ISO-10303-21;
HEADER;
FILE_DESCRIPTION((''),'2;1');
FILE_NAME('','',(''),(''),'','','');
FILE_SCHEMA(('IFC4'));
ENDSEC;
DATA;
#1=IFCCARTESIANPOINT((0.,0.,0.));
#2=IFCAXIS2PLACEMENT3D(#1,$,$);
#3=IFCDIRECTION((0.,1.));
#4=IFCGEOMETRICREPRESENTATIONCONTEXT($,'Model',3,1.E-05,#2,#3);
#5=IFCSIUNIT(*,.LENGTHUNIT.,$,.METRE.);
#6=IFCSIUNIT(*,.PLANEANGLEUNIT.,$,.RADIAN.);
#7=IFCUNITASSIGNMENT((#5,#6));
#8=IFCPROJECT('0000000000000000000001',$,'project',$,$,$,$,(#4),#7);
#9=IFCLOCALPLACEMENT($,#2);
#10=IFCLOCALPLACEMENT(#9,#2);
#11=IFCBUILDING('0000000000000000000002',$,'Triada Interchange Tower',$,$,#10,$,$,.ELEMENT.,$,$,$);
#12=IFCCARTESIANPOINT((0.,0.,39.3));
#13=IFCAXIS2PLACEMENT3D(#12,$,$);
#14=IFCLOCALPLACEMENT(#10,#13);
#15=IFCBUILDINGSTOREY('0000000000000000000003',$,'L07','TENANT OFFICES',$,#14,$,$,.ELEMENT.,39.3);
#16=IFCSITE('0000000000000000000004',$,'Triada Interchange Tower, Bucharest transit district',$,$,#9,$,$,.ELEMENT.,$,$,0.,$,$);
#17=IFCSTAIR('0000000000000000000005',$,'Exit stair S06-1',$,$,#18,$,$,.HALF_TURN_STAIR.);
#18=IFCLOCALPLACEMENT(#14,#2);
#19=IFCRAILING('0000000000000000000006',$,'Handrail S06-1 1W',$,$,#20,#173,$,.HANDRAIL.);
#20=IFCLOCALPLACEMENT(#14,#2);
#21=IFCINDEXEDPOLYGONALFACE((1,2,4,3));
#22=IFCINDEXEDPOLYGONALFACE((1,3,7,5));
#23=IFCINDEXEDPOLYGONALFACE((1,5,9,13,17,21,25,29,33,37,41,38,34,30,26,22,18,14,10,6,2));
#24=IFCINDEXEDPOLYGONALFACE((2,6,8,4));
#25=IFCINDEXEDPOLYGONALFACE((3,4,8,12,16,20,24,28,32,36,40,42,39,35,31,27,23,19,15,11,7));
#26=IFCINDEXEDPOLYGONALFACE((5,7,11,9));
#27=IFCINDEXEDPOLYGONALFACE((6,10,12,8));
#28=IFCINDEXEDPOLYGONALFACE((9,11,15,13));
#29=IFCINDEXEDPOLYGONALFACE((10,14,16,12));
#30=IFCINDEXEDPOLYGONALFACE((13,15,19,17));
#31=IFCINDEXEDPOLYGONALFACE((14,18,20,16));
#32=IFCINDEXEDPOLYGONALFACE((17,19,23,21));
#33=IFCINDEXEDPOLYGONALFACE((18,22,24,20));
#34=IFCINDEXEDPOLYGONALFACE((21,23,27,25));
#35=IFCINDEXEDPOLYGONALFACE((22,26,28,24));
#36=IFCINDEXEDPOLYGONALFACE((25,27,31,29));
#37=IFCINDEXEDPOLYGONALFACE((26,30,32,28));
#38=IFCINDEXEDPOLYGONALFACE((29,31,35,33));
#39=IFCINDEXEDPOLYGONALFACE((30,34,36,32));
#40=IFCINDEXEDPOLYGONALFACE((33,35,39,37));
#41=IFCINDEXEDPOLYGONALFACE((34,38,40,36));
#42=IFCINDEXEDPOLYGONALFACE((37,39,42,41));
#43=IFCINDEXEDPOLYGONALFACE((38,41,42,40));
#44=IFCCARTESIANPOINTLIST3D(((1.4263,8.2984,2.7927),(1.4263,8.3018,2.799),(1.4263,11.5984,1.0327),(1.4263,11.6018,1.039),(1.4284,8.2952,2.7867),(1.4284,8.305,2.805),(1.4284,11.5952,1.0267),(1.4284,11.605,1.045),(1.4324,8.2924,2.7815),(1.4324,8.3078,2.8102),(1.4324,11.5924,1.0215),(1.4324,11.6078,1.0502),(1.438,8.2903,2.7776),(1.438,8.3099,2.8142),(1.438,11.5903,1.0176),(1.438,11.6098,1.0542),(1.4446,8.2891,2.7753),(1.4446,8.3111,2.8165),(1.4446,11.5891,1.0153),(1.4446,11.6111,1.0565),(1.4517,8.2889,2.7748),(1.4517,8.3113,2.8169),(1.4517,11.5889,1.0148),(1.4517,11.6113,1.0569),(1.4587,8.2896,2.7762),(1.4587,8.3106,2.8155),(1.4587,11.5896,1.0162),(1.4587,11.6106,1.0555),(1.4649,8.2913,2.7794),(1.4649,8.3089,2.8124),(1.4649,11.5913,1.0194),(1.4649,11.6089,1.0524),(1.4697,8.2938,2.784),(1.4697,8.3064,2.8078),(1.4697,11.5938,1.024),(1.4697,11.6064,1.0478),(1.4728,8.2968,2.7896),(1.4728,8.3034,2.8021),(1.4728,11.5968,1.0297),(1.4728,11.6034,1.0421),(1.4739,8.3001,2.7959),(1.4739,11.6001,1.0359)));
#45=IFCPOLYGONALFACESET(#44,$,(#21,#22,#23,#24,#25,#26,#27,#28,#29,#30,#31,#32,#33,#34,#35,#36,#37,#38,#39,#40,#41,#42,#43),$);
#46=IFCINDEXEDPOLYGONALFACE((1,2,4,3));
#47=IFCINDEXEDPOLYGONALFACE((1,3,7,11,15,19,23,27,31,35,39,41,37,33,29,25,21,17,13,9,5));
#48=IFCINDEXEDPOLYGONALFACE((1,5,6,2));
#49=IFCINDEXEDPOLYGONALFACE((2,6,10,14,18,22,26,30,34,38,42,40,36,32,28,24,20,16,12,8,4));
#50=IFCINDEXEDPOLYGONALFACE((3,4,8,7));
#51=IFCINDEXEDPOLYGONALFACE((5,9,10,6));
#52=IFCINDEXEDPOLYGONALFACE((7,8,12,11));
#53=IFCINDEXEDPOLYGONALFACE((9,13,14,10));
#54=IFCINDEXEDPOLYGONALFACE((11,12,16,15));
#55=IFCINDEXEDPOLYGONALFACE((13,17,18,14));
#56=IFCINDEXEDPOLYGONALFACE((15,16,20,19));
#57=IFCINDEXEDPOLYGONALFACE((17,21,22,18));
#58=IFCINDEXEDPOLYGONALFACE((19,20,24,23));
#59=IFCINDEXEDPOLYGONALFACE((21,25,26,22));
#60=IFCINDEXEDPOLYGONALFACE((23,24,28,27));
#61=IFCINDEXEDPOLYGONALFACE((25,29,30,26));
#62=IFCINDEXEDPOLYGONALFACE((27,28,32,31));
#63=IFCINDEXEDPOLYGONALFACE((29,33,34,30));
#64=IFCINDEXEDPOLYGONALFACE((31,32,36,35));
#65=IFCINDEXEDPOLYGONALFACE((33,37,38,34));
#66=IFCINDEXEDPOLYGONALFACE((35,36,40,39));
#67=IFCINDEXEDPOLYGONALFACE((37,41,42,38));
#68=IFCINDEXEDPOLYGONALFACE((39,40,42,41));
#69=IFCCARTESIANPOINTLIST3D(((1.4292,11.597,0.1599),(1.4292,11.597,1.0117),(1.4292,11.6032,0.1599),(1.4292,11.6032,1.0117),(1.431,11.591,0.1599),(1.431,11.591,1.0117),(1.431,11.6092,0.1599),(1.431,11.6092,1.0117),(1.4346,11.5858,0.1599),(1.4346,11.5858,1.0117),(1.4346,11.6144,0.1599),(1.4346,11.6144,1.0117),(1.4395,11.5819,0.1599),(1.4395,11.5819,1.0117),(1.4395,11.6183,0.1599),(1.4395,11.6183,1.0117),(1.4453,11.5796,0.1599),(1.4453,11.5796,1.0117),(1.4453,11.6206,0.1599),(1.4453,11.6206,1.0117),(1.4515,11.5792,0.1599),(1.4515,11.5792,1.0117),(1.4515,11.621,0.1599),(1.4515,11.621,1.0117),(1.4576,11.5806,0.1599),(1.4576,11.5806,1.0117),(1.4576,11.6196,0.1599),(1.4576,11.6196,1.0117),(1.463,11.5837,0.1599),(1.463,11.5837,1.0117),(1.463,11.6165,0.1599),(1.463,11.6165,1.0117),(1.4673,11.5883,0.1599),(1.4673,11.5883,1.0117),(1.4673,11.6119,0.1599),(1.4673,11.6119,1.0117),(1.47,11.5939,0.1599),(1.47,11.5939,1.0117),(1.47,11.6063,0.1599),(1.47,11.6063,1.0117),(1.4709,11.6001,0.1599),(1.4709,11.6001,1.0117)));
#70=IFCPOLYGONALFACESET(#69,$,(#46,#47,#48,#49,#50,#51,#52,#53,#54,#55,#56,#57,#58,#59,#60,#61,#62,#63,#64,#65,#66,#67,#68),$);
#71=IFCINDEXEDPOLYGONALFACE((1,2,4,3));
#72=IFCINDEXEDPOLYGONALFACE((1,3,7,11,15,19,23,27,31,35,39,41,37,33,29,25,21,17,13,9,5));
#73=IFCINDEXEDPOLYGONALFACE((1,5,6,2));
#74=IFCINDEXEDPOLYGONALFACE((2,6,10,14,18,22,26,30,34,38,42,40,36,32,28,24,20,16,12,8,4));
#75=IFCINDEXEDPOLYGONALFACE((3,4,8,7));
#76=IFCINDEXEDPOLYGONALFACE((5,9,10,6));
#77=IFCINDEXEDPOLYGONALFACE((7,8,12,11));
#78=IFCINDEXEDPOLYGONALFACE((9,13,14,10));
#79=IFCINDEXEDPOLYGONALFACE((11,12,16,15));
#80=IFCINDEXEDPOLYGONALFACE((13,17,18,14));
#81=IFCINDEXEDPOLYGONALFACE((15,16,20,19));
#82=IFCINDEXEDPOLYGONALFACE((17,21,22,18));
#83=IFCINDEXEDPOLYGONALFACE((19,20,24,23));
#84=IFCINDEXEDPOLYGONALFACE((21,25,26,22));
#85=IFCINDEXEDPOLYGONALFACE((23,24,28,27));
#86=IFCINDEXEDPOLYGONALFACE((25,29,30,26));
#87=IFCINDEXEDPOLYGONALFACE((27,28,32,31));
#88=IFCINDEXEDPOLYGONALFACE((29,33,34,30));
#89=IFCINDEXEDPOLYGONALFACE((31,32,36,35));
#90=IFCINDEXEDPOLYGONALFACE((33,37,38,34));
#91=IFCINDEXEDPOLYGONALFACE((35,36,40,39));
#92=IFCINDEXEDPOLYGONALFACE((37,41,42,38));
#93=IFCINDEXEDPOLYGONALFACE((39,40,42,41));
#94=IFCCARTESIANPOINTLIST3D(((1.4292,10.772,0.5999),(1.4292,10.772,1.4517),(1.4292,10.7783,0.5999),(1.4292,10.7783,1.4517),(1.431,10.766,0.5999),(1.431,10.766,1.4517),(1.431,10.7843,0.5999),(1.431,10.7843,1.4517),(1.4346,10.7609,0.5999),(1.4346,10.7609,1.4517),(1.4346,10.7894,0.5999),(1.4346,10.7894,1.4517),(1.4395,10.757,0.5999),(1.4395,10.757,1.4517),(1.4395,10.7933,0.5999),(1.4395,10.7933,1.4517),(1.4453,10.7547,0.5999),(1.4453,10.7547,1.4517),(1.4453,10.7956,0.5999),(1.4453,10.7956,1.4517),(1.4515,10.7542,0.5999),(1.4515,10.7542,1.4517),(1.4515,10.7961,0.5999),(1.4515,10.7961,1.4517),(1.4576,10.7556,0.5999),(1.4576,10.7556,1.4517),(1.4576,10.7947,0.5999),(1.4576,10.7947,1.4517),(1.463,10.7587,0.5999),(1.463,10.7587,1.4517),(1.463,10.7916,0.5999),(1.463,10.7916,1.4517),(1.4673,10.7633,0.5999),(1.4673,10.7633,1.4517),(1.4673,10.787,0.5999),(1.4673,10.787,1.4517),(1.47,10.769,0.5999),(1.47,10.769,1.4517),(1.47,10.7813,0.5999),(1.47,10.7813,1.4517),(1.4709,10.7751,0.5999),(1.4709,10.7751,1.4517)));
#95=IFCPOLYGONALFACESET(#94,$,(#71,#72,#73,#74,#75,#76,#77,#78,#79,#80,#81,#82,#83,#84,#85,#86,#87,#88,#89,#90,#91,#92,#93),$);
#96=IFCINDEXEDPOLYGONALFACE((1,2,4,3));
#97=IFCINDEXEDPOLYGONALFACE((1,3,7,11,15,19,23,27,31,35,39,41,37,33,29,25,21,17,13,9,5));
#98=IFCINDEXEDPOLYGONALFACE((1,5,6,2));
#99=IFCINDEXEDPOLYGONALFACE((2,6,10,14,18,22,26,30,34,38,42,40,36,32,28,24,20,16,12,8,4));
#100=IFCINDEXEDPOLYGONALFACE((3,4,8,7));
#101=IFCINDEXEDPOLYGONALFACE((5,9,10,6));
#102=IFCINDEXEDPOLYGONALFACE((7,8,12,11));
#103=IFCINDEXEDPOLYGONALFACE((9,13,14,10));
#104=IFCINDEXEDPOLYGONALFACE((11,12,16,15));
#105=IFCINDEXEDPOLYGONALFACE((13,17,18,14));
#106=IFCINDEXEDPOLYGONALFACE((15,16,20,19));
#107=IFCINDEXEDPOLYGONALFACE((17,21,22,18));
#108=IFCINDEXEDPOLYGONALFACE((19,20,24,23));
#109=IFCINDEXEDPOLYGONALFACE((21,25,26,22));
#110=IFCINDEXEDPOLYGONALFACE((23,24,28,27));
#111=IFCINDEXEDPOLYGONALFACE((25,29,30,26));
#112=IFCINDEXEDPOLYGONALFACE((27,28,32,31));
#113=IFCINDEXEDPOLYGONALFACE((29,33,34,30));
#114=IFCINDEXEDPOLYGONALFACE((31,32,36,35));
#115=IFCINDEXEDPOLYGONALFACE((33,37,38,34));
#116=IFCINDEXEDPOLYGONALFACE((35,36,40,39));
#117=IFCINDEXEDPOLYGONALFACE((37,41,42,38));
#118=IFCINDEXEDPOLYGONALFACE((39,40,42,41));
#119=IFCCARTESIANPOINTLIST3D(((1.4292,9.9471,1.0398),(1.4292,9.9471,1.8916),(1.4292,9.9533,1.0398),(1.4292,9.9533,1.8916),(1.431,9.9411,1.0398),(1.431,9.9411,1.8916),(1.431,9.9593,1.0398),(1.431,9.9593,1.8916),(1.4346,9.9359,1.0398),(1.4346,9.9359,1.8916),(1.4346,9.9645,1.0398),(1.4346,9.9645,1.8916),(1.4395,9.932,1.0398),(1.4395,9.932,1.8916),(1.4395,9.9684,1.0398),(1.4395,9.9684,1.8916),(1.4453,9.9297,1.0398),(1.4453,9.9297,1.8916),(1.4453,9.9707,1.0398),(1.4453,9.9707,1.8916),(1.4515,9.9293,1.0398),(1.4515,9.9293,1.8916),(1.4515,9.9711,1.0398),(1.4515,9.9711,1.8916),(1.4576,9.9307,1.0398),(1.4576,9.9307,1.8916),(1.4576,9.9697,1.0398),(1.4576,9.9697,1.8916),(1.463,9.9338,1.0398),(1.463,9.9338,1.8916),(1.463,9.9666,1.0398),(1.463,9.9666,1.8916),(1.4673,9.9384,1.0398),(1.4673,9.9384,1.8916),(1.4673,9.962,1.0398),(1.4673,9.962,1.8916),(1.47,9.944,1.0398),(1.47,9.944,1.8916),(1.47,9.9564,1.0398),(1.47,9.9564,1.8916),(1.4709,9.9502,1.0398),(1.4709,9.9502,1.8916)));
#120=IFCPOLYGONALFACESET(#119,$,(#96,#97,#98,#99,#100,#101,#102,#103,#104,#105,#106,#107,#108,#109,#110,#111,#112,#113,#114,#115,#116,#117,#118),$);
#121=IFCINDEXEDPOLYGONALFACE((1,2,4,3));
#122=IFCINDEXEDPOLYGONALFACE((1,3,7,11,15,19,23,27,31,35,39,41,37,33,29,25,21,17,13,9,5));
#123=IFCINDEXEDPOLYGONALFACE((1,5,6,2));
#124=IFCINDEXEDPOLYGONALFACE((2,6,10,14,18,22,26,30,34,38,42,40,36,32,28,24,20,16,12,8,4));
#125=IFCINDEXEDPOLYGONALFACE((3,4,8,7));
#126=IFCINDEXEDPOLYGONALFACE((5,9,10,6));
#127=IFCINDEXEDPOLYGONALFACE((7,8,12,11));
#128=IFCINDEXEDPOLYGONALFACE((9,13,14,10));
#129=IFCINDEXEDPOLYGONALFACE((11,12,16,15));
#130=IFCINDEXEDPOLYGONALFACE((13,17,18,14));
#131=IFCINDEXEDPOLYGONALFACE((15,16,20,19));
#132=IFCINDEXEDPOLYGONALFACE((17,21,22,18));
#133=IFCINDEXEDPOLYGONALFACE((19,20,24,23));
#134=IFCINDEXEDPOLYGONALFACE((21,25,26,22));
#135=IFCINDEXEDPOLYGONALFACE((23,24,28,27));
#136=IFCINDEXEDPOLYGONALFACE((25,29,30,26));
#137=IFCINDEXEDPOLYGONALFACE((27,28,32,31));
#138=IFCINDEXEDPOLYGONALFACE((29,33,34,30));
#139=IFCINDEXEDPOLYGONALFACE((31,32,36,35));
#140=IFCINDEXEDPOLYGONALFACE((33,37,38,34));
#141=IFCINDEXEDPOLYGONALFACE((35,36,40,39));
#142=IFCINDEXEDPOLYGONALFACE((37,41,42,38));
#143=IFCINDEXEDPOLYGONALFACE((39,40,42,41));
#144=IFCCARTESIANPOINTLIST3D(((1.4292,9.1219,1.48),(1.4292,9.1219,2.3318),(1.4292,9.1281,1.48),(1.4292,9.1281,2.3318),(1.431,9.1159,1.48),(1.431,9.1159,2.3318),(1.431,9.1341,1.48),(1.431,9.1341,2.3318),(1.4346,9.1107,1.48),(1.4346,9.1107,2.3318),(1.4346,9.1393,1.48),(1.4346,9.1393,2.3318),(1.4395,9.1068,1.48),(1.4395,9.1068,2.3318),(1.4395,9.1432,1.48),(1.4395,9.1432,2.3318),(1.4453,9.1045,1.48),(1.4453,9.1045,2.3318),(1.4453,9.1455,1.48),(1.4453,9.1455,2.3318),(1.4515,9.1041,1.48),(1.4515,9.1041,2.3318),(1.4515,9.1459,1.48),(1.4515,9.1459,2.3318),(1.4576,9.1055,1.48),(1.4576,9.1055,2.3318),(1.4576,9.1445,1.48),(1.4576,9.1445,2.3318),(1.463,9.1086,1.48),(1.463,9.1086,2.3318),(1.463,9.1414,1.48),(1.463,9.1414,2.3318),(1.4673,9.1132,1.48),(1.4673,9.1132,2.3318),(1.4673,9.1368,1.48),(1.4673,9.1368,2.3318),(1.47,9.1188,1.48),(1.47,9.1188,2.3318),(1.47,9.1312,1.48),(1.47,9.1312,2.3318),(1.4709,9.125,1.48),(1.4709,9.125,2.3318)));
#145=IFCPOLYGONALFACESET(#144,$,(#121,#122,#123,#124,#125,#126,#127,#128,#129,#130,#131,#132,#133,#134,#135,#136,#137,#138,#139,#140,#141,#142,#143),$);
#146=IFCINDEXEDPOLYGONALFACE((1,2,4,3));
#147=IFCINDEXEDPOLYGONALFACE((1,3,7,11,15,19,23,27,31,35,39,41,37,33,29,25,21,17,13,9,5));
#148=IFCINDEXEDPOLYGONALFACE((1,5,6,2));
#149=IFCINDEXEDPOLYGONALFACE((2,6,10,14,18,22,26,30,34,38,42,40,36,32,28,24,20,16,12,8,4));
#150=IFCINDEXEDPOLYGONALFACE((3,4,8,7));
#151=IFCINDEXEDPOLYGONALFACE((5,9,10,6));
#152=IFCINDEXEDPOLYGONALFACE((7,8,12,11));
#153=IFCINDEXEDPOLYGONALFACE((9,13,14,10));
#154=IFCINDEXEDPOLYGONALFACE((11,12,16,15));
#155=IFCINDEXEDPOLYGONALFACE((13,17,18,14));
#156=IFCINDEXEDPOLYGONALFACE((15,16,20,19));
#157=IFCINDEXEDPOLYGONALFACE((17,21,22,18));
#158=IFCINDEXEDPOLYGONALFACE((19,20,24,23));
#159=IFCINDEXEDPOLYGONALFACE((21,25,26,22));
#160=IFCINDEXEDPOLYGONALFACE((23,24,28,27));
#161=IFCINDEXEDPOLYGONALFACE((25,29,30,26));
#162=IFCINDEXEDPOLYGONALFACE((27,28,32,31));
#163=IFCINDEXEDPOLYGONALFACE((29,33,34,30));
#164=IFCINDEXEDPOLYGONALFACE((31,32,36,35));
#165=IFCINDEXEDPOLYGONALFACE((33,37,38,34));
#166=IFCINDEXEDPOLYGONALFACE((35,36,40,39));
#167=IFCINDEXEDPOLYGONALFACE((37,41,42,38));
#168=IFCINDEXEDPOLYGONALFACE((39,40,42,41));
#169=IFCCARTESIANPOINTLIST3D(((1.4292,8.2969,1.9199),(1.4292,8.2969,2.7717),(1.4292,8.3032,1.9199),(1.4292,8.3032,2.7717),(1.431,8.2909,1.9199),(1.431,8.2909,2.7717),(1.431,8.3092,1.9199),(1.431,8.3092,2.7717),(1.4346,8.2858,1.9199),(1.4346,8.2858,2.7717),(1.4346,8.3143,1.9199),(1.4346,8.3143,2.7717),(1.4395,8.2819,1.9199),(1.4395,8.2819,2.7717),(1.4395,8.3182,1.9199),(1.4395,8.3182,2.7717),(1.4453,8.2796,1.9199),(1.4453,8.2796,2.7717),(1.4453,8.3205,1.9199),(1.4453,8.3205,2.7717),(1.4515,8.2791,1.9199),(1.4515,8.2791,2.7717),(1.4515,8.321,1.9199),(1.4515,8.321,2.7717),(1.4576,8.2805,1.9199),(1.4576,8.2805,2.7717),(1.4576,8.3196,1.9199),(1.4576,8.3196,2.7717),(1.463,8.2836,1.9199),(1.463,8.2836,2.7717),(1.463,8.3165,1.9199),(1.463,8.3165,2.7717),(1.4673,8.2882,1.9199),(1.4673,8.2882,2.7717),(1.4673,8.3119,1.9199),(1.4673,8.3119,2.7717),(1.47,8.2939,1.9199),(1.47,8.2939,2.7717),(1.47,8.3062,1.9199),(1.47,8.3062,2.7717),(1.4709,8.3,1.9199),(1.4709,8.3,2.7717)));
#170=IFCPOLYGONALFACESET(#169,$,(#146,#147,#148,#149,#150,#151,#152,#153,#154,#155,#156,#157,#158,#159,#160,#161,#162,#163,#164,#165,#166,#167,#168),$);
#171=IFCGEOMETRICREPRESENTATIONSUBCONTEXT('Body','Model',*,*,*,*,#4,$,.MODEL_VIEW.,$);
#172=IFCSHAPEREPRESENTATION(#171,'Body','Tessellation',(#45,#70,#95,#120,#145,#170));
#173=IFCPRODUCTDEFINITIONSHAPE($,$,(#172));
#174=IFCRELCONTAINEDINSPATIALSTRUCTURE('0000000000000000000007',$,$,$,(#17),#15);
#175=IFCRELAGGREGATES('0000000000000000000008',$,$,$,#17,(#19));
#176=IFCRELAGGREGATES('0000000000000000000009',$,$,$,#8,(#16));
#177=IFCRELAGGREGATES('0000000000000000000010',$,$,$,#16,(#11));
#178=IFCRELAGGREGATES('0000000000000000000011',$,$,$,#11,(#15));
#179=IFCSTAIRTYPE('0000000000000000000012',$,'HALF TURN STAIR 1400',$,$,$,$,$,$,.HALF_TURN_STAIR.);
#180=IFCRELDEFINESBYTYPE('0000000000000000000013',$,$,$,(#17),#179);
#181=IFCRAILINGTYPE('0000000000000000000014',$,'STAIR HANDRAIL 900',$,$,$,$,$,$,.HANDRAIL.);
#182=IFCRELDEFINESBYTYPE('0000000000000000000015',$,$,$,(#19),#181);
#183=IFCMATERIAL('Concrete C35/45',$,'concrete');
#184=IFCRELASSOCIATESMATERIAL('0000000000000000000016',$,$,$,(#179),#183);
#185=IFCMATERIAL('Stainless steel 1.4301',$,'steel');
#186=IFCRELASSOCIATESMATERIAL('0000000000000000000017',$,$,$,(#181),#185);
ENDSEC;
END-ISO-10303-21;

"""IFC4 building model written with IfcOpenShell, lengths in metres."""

from ifc_helpers import new_model, si_unit, direction, frame, origin, origin_2d, place, context, subcontext, project, spatial, circle, extrude, material, type_object, element, aggregate, save


model = new_model("IFC4")

# Units and contexts
model_context = context("Model", 3, precision=1e-05, world=origin(), true_north=direction((0.0, 1.0)))
body_context = subcontext(model_context, "Body", "Model", "MODEL_VIEW")
ifc_project = project(units=[si_unit("LENGTHUNIT", "METRE"), si_unit("PLANEANGLEUNIT", "RADIAN")], contexts=[model_context])

# Site, building, storey
site_placement = place(None, origin())
site = spatial("IfcSite", under=ifc_project, at=site_placement, Name="Triada Interchange Tower, Bucharest transit district", CompositionType="ELEMENT", RefElevation=0.0)
building_placement = place(site_placement, origin())
building = spatial("IfcBuilding", under=site, at=building_placement, Name="Triada Interchange Tower", CompositionType="ELEMENT")
storey_placement = place(building_placement, frame((0.0, 0.0, 39.3)))
storey = spatial("IfcBuildingStorey", under=building, at=storey_placement, Name="L07", Description="TENANT OFFICES", CompositionType="ELEMENT", Elevation=39.3)

# Stair
ifc_material_1 = material(Name="Concrete C35/45", Category="concrete")
stair_type = type_object("IfcStairType", Name="HALF TURN STAIR 1400", PredefinedType="HALF_TURN_STAIR", material=ifc_material_1)
stair_placement = place(storey_placement, origin())
stair = element("IfcStair", 1, at=stair_placement, inside=storey, type_object=stair_type, Name="Exit stair S06-1", PredefinedType="HALF_TURN_STAIR")

# Railing
ifc_material_2 = material(Name="Stainless steel 1.4301", Category="steel")
railing_type = type_object("IfcRailingType", Name="STAIR HANDRAIL 900", PredefinedType="HANDRAIL", material=ifc_material_2)
railing_1_placement = place(storey_placement, frame((1.45, 11.6001, 0.1599)))
railing_1 = element("IfcRailing", 2, at=railing_1_placement, type_object=railing_type, Name="Handrail S06-1 1W", PredefinedType="HANDRAIL", context=body_context, shape_type="SweptSolid", body=[
    extrude(circle(Radius=0.0239, at=origin_2d()), frame((0.0, 0.0, 0.876), z_axis=(0.0, -0.882355, 0.470585), x_axis=(1.0, 0.0, 0.0)), (0.0, 0.0, 1.0), 3.74),
    extrude(circle(Radius=0.021, at=origin_2d()), origin(), (0.0, 0.0, 1.0), 0.8518),
    extrude(circle(Radius=0.021, at=origin_2d()), frame((0.0, -0.825, 0.4399)), (0.0, 0.0, 1.0), 0.8518),
    extrude(circle(Radius=0.021, at=origin_2d()), frame((0.0, -1.6499, 0.8799)), (0.0, 0.0, 1.0), 0.8518),
    extrude(circle(Radius=0.021, at=origin_2d()), frame((0.0, -2.4751, 1.3201)), (0.0, 0.0, 1.0), 0.8518),
    extrude(circle(Radius=0.021, at=origin_2d()), frame((0.0, -3.3, 1.76)), (0.0, 0.0, 1.0), 0.8518),
])
aggregate(stair, [railing_1])

save(model, "model.ifc")
